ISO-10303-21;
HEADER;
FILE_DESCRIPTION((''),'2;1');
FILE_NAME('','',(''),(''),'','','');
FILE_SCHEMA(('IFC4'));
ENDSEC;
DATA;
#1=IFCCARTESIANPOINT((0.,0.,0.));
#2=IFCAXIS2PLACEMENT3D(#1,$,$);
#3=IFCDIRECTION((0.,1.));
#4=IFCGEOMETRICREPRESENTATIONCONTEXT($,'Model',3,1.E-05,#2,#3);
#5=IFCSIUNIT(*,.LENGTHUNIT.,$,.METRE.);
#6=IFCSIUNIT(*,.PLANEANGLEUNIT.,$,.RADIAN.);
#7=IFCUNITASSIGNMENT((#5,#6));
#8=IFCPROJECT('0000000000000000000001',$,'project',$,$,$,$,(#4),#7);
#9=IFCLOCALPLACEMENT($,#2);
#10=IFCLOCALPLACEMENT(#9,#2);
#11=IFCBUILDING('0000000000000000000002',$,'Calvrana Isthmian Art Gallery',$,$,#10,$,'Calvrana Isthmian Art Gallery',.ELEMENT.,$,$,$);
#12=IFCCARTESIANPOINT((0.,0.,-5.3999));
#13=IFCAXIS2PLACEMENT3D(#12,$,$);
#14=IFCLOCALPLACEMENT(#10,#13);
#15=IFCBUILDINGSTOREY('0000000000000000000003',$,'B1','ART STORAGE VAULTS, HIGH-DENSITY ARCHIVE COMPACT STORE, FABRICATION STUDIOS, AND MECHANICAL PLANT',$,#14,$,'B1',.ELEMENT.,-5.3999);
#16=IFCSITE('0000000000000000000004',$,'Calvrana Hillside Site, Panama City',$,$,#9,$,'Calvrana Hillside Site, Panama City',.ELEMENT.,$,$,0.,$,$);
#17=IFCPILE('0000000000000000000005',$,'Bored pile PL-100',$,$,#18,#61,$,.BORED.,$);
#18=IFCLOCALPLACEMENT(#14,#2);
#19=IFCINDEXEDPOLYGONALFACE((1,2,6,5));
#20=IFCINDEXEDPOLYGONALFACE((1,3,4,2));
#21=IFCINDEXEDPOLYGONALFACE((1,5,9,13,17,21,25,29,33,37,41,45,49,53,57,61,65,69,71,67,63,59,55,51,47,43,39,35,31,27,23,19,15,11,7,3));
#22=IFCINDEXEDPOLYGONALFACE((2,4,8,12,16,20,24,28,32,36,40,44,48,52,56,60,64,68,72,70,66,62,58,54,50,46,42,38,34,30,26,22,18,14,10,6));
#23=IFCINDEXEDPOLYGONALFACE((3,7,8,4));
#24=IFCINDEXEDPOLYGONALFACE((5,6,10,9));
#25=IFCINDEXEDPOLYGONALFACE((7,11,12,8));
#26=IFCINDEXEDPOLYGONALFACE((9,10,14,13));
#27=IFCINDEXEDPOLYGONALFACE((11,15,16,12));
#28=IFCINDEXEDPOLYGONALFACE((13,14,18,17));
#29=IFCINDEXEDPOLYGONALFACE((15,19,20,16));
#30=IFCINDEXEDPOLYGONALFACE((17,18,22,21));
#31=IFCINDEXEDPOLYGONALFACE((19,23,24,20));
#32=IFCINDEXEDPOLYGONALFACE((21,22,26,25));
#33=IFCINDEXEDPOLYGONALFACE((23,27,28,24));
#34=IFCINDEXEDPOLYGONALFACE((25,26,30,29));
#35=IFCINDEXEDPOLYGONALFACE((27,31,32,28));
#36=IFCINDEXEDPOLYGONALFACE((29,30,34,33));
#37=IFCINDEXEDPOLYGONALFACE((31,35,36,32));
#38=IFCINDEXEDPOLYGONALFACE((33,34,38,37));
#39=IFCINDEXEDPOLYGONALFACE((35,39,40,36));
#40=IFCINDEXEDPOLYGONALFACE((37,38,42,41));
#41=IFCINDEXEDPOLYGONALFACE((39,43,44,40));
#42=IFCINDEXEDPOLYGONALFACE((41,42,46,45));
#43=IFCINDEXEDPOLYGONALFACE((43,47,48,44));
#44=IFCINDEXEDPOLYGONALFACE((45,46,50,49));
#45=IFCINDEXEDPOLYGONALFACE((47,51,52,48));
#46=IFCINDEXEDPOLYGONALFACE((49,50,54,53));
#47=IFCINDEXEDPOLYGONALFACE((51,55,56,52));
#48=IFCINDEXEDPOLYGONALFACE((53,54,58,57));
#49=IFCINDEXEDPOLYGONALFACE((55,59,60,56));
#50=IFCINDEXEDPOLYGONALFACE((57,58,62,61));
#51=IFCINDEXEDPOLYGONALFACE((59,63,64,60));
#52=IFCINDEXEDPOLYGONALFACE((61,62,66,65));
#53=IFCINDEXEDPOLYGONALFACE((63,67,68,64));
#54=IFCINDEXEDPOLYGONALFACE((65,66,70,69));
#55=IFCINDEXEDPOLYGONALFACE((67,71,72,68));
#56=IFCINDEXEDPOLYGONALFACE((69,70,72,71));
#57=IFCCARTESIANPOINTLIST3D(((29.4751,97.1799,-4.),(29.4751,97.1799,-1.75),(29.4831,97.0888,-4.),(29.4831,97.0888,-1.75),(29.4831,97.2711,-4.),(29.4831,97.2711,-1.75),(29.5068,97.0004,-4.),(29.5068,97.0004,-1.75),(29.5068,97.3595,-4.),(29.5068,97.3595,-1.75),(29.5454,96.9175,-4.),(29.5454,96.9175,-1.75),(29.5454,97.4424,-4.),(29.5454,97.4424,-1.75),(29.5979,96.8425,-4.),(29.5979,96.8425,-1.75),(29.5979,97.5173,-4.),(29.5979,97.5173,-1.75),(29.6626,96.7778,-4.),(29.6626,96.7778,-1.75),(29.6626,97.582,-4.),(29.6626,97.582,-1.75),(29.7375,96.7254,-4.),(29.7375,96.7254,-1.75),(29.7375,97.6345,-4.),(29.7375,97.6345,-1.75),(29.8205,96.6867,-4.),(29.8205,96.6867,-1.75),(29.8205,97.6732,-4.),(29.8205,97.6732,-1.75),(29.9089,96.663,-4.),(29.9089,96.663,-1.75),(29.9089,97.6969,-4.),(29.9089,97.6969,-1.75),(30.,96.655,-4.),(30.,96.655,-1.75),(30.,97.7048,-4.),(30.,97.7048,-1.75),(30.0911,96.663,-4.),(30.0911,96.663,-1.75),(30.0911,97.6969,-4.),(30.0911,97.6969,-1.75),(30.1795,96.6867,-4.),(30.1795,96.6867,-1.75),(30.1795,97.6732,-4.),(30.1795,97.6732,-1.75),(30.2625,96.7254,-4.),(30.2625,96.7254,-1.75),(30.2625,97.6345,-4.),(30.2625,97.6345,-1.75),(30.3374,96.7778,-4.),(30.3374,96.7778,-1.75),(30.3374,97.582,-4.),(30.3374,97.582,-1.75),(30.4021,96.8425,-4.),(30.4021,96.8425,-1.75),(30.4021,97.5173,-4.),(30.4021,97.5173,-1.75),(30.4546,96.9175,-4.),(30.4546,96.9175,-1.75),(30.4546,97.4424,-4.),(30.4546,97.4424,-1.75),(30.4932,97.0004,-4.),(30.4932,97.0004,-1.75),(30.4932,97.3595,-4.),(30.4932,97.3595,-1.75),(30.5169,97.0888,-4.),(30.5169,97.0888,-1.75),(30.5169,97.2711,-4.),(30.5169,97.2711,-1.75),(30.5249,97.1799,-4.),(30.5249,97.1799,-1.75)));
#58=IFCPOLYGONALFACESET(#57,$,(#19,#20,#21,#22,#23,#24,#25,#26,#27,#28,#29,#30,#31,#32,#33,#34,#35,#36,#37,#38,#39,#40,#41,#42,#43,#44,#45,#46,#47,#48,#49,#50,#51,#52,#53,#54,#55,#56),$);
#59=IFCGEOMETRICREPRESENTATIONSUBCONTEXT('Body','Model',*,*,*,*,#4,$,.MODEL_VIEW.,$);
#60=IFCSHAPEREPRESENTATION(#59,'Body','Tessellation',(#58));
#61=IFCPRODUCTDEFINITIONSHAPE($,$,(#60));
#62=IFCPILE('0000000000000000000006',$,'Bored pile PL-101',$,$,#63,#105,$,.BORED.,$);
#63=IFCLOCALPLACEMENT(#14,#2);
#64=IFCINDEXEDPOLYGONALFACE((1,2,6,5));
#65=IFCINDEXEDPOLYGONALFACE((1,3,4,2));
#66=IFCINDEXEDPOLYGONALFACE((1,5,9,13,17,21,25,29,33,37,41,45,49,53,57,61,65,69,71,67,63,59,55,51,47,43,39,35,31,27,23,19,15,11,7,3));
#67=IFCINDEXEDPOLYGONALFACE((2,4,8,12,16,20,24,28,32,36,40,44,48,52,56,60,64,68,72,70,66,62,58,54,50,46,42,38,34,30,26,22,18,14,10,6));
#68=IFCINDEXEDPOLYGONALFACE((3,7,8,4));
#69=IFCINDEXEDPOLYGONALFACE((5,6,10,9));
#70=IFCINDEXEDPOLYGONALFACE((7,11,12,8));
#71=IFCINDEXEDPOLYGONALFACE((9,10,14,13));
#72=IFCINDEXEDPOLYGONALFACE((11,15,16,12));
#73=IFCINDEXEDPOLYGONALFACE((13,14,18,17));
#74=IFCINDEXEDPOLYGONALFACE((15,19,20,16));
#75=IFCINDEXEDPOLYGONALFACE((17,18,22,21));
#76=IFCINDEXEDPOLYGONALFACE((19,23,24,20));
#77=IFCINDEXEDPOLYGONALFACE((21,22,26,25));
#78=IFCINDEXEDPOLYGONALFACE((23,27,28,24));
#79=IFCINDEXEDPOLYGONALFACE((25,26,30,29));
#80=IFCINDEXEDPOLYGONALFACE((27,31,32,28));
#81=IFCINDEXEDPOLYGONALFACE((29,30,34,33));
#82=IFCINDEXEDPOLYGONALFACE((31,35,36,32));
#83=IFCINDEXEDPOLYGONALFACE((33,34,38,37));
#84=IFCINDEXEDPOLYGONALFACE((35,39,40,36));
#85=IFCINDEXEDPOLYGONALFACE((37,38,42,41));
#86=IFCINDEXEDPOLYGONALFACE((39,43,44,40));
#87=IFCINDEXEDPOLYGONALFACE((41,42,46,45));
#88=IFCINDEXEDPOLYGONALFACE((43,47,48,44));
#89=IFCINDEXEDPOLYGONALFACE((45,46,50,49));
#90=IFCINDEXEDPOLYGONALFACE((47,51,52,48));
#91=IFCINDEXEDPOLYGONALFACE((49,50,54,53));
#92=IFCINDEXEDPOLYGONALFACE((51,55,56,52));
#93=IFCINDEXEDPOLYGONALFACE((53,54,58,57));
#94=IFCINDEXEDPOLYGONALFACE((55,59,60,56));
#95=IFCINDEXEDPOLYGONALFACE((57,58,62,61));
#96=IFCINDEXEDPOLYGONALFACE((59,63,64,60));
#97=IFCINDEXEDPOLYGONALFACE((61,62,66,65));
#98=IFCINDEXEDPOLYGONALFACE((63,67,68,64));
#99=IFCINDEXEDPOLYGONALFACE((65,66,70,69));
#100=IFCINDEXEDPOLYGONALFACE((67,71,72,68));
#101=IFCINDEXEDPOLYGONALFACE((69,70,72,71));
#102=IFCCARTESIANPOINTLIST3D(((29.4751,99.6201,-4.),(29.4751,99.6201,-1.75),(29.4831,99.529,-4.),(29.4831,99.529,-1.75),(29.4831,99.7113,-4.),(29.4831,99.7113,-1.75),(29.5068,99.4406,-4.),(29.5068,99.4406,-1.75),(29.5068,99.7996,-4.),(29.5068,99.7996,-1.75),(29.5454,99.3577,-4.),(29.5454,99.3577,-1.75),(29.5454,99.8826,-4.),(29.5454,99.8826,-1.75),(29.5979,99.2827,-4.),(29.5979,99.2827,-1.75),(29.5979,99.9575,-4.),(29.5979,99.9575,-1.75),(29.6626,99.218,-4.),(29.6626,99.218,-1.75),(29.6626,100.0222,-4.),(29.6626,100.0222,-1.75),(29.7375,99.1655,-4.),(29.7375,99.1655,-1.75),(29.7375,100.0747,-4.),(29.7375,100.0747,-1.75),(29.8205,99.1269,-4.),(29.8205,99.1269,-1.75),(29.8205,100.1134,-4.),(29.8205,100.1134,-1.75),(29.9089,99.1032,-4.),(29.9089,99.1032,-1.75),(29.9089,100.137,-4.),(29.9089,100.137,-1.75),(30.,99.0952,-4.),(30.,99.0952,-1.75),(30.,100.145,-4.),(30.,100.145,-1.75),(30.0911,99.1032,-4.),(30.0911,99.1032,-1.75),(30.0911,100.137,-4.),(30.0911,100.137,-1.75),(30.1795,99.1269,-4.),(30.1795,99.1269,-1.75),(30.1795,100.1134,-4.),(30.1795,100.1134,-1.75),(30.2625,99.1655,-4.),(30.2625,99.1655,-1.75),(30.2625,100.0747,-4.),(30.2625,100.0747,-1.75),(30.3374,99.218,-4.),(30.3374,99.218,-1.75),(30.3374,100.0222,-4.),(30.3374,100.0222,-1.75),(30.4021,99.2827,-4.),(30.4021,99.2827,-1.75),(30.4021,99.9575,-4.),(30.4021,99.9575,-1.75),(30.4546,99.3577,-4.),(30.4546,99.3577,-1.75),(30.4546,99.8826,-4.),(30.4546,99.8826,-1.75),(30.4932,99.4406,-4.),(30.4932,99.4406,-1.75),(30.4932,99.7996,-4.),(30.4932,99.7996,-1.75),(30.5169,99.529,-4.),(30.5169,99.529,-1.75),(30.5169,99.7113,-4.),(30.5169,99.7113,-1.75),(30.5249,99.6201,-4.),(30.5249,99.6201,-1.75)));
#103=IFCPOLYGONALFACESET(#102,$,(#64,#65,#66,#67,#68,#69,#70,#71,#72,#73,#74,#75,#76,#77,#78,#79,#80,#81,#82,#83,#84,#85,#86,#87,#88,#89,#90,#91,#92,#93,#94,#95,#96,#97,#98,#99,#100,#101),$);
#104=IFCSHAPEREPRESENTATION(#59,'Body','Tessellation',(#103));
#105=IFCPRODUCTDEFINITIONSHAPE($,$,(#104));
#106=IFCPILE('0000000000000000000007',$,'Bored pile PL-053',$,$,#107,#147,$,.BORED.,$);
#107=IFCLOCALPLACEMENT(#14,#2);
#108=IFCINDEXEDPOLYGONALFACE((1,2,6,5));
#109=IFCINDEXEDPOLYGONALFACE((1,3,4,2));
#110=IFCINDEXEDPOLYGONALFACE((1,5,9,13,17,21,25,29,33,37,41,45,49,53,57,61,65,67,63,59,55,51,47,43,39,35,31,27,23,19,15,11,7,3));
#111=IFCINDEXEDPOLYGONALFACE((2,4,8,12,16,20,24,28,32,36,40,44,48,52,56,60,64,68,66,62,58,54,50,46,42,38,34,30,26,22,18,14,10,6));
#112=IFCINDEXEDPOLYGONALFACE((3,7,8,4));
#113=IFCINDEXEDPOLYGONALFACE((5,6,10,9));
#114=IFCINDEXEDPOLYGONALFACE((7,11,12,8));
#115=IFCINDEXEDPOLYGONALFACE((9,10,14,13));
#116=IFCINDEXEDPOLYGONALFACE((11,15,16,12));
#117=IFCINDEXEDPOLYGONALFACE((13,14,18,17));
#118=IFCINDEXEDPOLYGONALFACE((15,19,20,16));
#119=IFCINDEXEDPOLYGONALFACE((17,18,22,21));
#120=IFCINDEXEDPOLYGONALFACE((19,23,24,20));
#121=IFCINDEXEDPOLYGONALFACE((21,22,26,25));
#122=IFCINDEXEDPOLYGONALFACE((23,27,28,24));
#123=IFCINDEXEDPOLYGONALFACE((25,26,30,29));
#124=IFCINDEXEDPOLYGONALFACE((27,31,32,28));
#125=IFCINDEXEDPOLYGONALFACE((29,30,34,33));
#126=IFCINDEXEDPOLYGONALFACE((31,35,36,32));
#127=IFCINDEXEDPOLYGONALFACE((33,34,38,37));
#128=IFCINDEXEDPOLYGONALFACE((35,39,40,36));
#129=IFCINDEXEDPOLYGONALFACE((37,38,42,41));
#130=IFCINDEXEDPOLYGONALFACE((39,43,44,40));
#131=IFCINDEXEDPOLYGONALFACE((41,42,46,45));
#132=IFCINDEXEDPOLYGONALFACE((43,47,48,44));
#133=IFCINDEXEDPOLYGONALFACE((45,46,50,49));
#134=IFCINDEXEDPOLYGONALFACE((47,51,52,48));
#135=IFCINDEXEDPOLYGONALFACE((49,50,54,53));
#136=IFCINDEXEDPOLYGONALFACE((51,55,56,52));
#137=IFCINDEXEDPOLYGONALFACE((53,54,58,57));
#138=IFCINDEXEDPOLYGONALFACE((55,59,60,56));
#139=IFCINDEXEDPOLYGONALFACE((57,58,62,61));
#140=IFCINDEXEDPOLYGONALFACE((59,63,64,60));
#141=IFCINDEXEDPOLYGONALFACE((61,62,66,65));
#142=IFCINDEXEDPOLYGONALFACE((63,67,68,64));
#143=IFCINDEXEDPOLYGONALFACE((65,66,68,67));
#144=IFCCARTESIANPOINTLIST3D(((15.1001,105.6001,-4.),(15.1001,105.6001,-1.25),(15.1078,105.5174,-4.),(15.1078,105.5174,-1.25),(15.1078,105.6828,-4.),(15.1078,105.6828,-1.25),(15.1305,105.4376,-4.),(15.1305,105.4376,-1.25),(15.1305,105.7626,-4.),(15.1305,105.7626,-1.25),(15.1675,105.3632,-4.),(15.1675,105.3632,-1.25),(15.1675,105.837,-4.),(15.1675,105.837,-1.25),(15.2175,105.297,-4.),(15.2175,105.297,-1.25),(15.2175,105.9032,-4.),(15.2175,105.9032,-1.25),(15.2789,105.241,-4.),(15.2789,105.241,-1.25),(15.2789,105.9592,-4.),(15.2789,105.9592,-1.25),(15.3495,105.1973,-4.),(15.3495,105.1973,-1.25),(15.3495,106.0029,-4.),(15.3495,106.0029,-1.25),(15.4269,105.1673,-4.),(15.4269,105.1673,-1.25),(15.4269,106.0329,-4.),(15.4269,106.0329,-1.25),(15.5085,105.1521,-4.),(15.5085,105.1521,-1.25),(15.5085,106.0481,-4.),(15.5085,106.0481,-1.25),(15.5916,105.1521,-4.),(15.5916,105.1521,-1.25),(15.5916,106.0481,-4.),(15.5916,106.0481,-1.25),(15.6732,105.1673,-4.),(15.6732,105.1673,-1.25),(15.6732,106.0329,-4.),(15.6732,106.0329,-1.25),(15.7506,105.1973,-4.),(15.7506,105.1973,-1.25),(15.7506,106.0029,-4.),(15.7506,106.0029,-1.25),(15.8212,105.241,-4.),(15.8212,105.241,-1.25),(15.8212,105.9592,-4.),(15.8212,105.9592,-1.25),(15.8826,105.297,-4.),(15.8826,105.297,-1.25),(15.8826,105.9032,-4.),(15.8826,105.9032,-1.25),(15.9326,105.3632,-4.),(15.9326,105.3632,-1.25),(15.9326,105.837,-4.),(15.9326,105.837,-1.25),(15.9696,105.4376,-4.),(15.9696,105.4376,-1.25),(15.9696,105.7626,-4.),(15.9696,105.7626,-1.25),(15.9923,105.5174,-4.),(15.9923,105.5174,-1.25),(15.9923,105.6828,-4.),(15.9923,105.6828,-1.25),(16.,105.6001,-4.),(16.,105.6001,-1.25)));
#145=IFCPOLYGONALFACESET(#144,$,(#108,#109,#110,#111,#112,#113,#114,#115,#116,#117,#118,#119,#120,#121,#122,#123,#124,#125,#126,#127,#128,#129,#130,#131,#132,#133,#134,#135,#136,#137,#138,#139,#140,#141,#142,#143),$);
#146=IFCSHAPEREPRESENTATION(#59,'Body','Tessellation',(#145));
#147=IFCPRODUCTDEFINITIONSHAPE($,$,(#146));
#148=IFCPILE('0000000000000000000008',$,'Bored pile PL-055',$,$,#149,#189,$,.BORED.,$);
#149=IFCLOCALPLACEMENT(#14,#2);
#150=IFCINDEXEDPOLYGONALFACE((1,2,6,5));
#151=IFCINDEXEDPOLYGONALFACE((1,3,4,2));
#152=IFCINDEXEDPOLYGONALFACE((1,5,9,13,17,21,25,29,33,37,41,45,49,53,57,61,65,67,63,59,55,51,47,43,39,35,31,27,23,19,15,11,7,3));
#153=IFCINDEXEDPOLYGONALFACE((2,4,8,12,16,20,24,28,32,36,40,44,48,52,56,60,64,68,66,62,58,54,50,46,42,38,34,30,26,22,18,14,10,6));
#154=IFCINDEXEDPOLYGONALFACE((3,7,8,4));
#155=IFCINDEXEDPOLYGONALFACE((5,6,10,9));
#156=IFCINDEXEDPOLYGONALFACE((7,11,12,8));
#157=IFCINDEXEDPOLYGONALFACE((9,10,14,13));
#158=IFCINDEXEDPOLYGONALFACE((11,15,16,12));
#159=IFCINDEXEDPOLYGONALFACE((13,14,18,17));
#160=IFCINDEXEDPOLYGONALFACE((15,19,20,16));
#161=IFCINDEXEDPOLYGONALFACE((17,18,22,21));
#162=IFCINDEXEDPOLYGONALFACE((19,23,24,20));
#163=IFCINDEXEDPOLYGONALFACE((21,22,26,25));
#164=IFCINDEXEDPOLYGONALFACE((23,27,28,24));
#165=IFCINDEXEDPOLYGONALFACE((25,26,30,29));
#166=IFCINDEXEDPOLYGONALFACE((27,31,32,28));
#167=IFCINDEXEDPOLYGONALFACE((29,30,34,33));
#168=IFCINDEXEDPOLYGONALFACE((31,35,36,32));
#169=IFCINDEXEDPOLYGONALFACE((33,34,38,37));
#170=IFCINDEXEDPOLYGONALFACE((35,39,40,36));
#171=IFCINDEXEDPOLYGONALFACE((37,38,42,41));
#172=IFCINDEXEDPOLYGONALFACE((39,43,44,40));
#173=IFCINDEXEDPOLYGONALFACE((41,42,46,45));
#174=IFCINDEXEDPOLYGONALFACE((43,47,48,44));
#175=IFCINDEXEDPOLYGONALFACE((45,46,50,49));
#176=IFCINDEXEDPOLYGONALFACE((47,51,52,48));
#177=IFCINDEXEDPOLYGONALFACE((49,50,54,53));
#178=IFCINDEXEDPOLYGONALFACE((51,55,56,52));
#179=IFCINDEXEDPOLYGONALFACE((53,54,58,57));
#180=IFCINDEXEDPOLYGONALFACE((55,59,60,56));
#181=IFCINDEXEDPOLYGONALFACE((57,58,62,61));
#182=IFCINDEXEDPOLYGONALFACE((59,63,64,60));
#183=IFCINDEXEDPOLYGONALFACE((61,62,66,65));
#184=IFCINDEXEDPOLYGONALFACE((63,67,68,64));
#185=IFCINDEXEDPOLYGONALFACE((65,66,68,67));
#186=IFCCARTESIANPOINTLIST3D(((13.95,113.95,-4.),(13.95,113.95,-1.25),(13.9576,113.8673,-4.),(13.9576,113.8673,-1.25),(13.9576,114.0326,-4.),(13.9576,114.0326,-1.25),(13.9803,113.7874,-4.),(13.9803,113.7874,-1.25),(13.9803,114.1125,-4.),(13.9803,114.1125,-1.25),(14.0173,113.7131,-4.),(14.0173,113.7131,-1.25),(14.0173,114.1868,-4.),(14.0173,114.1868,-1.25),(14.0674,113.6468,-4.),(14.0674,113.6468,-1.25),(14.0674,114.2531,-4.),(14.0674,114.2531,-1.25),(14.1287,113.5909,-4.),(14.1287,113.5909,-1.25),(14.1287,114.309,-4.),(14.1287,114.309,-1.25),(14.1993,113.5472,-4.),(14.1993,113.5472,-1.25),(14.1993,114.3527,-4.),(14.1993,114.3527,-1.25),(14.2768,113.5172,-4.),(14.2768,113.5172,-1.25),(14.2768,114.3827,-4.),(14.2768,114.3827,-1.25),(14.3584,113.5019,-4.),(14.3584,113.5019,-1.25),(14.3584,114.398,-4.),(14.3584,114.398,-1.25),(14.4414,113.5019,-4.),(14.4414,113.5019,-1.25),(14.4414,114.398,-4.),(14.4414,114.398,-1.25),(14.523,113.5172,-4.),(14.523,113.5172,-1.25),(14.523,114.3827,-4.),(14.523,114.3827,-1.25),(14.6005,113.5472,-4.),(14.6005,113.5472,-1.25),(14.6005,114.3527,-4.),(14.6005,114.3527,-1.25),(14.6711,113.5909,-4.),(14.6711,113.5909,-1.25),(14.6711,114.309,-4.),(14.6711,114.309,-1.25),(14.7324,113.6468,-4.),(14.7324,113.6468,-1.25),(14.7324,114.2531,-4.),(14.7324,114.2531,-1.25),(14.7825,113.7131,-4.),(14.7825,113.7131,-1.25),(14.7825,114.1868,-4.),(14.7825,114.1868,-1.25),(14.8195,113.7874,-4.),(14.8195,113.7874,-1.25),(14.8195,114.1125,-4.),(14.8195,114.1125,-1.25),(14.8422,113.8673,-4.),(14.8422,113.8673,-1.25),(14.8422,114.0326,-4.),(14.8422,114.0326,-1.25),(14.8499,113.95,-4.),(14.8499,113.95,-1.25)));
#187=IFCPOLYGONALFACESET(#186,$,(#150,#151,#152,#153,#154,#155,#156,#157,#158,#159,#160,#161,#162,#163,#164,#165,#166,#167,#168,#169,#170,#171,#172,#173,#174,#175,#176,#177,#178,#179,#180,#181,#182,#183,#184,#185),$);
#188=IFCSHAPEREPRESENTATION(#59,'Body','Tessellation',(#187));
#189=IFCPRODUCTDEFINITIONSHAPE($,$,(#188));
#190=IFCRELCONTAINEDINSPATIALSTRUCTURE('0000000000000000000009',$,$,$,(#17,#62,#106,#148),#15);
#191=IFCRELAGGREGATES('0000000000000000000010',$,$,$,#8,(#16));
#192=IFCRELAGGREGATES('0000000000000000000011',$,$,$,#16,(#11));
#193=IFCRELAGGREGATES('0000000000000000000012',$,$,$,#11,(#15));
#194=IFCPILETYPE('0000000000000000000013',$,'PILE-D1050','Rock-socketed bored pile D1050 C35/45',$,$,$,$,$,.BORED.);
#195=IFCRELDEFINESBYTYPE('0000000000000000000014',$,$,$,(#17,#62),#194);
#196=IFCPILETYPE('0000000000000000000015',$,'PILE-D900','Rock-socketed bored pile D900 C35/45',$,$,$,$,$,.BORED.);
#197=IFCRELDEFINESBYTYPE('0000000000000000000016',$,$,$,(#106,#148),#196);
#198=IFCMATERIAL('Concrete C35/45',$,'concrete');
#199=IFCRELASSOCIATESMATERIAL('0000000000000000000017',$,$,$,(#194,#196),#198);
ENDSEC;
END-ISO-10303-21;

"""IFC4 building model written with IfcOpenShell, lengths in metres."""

from ifc_helpers import new_model, si_unit, direction, frame, origin, origin_2d, place, context, subcontext, project, spatial, circle, extrude, material, material_profile, profile_set, type_object, element, save


model = new_model("IFC4")

# Units and contexts
model_context = context("Model", 3, precision=1e-05, world=origin(), true_north=direction((0.0, 1.0)))
body_context = subcontext(model_context, "Body", "Model", "MODEL_VIEW")
ifc_project = project(units=[si_unit("LENGTHUNIT", "METRE"), si_unit("PLANEANGLEUNIT", "RADIAN")], contexts=[model_context])

# Site, building, storey
site_placement = place(None, origin())
site = spatial("IfcSite", under=ifc_project, at=site_placement, Name="Calvrana Hillside Site, Panama City", LongName="Calvrana Hillside Site, Panama City", CompositionType="ELEMENT", RefElevation=0.0)
building_placement = place(site_placement, origin())
building = spatial("IfcBuilding", under=site, at=building_placement, Name="Calvrana Isthmian Art Gallery", LongName="Calvrana Isthmian Art Gallery", CompositionType="ELEMENT")
storey_placement = place(building_placement, frame((0.0, 0.0, -5.3999)))
storey = spatial("IfcBuildingStorey", under=building, at=storey_placement, Name="B1", Description="ART STORAGE VAULTS, HIGH-DENSITY ARCHIVE COMPACT STORE, FABRICATION STUDIOS, AND MECHANICAL PLANT", LongName="B1", CompositionType="ELEMENT", Elevation=-5.3999)

# Shared definitions
ifc_material_1 = material(Name="Concrete C35/45", Category="concrete")

# Piles
ifc_material_profile_1 = material_profile(ifc_material_1, circle(Radius=0.5249, at=origin_2d()), Name="PILE1050D")
ifc_profile_set_1 = profile_set([ifc_material_profile_1], Name="Concrete C35/45")
pile_type_1 = type_object("IfcPileType", Name="PILE-D1050", Description="Rock-socketed bored pile D1050 C35/45", PredefinedType="BORED", material=ifc_profile_set_1)
for number, where, z_axis, x_axis, name in (
    (1, (30.0, 97.1799, -1.75), (0.0, 0.0, -1.0), (1.0, 0.0, 0.0), "Bored pile PL-100"),
    (2, (30.0, 99.6201, -1.75), (0.0, 0.0, -1.0), (1.0, 0.0, 0.0), "Bored pile PL-101"),
):
    element("IfcPile", number, at=place(storey_placement, frame(where, z_axis=z_axis, x_axis=x_axis)), inside=storey, type_object=pile_type_1, Name=name, PredefinedType="BORED", context=body_context, shape_type="SweptSolid", body=[
        extrude(circle(Radius=0.5249, at=origin_2d()), origin(), (0.0, 0.0, 1.0), 2.25),
    ])
ifc_material_profile_2 = material_profile(ifc_material_1, circle(Radius=0.45, at=origin_2d()), Name="PILE900D")
ifc_profile_set_2 = profile_set([ifc_material_profile_2], Name="Concrete C35/45")
pile_type_2 = type_object("IfcPileType", Name="PILE-D900", Description="Rock-socketed bored pile D900 C35/45", PredefinedType="BORED", material=ifc_profile_set_2)
for number, where, z_axis, x_axis, name in (
    (3, (15.55, 105.6001, -1.25), (0.0, 0.0, -1.0), (1.0, 0.0, 0.0), "Bored pile PL-053"),
    (4, (14.3999, 113.95, -1.25), (0.0, 0.0, -1.0), (1.0, 0.0, 0.0), "Bored pile PL-055"),
):
    element("IfcPile", number, at=place(storey_placement, frame(where, z_axis=z_axis, x_axis=x_axis)), inside=storey, type_object=pile_type_2, Name=name, PredefinedType="BORED", context=body_context, shape_type="SweptSolid", body=[
        extrude(circle(Radius=0.45, at=origin_2d()), origin(), (0.0, 0.0, 1.0), 2.75),
    ])

save(model, "model.ifc")
